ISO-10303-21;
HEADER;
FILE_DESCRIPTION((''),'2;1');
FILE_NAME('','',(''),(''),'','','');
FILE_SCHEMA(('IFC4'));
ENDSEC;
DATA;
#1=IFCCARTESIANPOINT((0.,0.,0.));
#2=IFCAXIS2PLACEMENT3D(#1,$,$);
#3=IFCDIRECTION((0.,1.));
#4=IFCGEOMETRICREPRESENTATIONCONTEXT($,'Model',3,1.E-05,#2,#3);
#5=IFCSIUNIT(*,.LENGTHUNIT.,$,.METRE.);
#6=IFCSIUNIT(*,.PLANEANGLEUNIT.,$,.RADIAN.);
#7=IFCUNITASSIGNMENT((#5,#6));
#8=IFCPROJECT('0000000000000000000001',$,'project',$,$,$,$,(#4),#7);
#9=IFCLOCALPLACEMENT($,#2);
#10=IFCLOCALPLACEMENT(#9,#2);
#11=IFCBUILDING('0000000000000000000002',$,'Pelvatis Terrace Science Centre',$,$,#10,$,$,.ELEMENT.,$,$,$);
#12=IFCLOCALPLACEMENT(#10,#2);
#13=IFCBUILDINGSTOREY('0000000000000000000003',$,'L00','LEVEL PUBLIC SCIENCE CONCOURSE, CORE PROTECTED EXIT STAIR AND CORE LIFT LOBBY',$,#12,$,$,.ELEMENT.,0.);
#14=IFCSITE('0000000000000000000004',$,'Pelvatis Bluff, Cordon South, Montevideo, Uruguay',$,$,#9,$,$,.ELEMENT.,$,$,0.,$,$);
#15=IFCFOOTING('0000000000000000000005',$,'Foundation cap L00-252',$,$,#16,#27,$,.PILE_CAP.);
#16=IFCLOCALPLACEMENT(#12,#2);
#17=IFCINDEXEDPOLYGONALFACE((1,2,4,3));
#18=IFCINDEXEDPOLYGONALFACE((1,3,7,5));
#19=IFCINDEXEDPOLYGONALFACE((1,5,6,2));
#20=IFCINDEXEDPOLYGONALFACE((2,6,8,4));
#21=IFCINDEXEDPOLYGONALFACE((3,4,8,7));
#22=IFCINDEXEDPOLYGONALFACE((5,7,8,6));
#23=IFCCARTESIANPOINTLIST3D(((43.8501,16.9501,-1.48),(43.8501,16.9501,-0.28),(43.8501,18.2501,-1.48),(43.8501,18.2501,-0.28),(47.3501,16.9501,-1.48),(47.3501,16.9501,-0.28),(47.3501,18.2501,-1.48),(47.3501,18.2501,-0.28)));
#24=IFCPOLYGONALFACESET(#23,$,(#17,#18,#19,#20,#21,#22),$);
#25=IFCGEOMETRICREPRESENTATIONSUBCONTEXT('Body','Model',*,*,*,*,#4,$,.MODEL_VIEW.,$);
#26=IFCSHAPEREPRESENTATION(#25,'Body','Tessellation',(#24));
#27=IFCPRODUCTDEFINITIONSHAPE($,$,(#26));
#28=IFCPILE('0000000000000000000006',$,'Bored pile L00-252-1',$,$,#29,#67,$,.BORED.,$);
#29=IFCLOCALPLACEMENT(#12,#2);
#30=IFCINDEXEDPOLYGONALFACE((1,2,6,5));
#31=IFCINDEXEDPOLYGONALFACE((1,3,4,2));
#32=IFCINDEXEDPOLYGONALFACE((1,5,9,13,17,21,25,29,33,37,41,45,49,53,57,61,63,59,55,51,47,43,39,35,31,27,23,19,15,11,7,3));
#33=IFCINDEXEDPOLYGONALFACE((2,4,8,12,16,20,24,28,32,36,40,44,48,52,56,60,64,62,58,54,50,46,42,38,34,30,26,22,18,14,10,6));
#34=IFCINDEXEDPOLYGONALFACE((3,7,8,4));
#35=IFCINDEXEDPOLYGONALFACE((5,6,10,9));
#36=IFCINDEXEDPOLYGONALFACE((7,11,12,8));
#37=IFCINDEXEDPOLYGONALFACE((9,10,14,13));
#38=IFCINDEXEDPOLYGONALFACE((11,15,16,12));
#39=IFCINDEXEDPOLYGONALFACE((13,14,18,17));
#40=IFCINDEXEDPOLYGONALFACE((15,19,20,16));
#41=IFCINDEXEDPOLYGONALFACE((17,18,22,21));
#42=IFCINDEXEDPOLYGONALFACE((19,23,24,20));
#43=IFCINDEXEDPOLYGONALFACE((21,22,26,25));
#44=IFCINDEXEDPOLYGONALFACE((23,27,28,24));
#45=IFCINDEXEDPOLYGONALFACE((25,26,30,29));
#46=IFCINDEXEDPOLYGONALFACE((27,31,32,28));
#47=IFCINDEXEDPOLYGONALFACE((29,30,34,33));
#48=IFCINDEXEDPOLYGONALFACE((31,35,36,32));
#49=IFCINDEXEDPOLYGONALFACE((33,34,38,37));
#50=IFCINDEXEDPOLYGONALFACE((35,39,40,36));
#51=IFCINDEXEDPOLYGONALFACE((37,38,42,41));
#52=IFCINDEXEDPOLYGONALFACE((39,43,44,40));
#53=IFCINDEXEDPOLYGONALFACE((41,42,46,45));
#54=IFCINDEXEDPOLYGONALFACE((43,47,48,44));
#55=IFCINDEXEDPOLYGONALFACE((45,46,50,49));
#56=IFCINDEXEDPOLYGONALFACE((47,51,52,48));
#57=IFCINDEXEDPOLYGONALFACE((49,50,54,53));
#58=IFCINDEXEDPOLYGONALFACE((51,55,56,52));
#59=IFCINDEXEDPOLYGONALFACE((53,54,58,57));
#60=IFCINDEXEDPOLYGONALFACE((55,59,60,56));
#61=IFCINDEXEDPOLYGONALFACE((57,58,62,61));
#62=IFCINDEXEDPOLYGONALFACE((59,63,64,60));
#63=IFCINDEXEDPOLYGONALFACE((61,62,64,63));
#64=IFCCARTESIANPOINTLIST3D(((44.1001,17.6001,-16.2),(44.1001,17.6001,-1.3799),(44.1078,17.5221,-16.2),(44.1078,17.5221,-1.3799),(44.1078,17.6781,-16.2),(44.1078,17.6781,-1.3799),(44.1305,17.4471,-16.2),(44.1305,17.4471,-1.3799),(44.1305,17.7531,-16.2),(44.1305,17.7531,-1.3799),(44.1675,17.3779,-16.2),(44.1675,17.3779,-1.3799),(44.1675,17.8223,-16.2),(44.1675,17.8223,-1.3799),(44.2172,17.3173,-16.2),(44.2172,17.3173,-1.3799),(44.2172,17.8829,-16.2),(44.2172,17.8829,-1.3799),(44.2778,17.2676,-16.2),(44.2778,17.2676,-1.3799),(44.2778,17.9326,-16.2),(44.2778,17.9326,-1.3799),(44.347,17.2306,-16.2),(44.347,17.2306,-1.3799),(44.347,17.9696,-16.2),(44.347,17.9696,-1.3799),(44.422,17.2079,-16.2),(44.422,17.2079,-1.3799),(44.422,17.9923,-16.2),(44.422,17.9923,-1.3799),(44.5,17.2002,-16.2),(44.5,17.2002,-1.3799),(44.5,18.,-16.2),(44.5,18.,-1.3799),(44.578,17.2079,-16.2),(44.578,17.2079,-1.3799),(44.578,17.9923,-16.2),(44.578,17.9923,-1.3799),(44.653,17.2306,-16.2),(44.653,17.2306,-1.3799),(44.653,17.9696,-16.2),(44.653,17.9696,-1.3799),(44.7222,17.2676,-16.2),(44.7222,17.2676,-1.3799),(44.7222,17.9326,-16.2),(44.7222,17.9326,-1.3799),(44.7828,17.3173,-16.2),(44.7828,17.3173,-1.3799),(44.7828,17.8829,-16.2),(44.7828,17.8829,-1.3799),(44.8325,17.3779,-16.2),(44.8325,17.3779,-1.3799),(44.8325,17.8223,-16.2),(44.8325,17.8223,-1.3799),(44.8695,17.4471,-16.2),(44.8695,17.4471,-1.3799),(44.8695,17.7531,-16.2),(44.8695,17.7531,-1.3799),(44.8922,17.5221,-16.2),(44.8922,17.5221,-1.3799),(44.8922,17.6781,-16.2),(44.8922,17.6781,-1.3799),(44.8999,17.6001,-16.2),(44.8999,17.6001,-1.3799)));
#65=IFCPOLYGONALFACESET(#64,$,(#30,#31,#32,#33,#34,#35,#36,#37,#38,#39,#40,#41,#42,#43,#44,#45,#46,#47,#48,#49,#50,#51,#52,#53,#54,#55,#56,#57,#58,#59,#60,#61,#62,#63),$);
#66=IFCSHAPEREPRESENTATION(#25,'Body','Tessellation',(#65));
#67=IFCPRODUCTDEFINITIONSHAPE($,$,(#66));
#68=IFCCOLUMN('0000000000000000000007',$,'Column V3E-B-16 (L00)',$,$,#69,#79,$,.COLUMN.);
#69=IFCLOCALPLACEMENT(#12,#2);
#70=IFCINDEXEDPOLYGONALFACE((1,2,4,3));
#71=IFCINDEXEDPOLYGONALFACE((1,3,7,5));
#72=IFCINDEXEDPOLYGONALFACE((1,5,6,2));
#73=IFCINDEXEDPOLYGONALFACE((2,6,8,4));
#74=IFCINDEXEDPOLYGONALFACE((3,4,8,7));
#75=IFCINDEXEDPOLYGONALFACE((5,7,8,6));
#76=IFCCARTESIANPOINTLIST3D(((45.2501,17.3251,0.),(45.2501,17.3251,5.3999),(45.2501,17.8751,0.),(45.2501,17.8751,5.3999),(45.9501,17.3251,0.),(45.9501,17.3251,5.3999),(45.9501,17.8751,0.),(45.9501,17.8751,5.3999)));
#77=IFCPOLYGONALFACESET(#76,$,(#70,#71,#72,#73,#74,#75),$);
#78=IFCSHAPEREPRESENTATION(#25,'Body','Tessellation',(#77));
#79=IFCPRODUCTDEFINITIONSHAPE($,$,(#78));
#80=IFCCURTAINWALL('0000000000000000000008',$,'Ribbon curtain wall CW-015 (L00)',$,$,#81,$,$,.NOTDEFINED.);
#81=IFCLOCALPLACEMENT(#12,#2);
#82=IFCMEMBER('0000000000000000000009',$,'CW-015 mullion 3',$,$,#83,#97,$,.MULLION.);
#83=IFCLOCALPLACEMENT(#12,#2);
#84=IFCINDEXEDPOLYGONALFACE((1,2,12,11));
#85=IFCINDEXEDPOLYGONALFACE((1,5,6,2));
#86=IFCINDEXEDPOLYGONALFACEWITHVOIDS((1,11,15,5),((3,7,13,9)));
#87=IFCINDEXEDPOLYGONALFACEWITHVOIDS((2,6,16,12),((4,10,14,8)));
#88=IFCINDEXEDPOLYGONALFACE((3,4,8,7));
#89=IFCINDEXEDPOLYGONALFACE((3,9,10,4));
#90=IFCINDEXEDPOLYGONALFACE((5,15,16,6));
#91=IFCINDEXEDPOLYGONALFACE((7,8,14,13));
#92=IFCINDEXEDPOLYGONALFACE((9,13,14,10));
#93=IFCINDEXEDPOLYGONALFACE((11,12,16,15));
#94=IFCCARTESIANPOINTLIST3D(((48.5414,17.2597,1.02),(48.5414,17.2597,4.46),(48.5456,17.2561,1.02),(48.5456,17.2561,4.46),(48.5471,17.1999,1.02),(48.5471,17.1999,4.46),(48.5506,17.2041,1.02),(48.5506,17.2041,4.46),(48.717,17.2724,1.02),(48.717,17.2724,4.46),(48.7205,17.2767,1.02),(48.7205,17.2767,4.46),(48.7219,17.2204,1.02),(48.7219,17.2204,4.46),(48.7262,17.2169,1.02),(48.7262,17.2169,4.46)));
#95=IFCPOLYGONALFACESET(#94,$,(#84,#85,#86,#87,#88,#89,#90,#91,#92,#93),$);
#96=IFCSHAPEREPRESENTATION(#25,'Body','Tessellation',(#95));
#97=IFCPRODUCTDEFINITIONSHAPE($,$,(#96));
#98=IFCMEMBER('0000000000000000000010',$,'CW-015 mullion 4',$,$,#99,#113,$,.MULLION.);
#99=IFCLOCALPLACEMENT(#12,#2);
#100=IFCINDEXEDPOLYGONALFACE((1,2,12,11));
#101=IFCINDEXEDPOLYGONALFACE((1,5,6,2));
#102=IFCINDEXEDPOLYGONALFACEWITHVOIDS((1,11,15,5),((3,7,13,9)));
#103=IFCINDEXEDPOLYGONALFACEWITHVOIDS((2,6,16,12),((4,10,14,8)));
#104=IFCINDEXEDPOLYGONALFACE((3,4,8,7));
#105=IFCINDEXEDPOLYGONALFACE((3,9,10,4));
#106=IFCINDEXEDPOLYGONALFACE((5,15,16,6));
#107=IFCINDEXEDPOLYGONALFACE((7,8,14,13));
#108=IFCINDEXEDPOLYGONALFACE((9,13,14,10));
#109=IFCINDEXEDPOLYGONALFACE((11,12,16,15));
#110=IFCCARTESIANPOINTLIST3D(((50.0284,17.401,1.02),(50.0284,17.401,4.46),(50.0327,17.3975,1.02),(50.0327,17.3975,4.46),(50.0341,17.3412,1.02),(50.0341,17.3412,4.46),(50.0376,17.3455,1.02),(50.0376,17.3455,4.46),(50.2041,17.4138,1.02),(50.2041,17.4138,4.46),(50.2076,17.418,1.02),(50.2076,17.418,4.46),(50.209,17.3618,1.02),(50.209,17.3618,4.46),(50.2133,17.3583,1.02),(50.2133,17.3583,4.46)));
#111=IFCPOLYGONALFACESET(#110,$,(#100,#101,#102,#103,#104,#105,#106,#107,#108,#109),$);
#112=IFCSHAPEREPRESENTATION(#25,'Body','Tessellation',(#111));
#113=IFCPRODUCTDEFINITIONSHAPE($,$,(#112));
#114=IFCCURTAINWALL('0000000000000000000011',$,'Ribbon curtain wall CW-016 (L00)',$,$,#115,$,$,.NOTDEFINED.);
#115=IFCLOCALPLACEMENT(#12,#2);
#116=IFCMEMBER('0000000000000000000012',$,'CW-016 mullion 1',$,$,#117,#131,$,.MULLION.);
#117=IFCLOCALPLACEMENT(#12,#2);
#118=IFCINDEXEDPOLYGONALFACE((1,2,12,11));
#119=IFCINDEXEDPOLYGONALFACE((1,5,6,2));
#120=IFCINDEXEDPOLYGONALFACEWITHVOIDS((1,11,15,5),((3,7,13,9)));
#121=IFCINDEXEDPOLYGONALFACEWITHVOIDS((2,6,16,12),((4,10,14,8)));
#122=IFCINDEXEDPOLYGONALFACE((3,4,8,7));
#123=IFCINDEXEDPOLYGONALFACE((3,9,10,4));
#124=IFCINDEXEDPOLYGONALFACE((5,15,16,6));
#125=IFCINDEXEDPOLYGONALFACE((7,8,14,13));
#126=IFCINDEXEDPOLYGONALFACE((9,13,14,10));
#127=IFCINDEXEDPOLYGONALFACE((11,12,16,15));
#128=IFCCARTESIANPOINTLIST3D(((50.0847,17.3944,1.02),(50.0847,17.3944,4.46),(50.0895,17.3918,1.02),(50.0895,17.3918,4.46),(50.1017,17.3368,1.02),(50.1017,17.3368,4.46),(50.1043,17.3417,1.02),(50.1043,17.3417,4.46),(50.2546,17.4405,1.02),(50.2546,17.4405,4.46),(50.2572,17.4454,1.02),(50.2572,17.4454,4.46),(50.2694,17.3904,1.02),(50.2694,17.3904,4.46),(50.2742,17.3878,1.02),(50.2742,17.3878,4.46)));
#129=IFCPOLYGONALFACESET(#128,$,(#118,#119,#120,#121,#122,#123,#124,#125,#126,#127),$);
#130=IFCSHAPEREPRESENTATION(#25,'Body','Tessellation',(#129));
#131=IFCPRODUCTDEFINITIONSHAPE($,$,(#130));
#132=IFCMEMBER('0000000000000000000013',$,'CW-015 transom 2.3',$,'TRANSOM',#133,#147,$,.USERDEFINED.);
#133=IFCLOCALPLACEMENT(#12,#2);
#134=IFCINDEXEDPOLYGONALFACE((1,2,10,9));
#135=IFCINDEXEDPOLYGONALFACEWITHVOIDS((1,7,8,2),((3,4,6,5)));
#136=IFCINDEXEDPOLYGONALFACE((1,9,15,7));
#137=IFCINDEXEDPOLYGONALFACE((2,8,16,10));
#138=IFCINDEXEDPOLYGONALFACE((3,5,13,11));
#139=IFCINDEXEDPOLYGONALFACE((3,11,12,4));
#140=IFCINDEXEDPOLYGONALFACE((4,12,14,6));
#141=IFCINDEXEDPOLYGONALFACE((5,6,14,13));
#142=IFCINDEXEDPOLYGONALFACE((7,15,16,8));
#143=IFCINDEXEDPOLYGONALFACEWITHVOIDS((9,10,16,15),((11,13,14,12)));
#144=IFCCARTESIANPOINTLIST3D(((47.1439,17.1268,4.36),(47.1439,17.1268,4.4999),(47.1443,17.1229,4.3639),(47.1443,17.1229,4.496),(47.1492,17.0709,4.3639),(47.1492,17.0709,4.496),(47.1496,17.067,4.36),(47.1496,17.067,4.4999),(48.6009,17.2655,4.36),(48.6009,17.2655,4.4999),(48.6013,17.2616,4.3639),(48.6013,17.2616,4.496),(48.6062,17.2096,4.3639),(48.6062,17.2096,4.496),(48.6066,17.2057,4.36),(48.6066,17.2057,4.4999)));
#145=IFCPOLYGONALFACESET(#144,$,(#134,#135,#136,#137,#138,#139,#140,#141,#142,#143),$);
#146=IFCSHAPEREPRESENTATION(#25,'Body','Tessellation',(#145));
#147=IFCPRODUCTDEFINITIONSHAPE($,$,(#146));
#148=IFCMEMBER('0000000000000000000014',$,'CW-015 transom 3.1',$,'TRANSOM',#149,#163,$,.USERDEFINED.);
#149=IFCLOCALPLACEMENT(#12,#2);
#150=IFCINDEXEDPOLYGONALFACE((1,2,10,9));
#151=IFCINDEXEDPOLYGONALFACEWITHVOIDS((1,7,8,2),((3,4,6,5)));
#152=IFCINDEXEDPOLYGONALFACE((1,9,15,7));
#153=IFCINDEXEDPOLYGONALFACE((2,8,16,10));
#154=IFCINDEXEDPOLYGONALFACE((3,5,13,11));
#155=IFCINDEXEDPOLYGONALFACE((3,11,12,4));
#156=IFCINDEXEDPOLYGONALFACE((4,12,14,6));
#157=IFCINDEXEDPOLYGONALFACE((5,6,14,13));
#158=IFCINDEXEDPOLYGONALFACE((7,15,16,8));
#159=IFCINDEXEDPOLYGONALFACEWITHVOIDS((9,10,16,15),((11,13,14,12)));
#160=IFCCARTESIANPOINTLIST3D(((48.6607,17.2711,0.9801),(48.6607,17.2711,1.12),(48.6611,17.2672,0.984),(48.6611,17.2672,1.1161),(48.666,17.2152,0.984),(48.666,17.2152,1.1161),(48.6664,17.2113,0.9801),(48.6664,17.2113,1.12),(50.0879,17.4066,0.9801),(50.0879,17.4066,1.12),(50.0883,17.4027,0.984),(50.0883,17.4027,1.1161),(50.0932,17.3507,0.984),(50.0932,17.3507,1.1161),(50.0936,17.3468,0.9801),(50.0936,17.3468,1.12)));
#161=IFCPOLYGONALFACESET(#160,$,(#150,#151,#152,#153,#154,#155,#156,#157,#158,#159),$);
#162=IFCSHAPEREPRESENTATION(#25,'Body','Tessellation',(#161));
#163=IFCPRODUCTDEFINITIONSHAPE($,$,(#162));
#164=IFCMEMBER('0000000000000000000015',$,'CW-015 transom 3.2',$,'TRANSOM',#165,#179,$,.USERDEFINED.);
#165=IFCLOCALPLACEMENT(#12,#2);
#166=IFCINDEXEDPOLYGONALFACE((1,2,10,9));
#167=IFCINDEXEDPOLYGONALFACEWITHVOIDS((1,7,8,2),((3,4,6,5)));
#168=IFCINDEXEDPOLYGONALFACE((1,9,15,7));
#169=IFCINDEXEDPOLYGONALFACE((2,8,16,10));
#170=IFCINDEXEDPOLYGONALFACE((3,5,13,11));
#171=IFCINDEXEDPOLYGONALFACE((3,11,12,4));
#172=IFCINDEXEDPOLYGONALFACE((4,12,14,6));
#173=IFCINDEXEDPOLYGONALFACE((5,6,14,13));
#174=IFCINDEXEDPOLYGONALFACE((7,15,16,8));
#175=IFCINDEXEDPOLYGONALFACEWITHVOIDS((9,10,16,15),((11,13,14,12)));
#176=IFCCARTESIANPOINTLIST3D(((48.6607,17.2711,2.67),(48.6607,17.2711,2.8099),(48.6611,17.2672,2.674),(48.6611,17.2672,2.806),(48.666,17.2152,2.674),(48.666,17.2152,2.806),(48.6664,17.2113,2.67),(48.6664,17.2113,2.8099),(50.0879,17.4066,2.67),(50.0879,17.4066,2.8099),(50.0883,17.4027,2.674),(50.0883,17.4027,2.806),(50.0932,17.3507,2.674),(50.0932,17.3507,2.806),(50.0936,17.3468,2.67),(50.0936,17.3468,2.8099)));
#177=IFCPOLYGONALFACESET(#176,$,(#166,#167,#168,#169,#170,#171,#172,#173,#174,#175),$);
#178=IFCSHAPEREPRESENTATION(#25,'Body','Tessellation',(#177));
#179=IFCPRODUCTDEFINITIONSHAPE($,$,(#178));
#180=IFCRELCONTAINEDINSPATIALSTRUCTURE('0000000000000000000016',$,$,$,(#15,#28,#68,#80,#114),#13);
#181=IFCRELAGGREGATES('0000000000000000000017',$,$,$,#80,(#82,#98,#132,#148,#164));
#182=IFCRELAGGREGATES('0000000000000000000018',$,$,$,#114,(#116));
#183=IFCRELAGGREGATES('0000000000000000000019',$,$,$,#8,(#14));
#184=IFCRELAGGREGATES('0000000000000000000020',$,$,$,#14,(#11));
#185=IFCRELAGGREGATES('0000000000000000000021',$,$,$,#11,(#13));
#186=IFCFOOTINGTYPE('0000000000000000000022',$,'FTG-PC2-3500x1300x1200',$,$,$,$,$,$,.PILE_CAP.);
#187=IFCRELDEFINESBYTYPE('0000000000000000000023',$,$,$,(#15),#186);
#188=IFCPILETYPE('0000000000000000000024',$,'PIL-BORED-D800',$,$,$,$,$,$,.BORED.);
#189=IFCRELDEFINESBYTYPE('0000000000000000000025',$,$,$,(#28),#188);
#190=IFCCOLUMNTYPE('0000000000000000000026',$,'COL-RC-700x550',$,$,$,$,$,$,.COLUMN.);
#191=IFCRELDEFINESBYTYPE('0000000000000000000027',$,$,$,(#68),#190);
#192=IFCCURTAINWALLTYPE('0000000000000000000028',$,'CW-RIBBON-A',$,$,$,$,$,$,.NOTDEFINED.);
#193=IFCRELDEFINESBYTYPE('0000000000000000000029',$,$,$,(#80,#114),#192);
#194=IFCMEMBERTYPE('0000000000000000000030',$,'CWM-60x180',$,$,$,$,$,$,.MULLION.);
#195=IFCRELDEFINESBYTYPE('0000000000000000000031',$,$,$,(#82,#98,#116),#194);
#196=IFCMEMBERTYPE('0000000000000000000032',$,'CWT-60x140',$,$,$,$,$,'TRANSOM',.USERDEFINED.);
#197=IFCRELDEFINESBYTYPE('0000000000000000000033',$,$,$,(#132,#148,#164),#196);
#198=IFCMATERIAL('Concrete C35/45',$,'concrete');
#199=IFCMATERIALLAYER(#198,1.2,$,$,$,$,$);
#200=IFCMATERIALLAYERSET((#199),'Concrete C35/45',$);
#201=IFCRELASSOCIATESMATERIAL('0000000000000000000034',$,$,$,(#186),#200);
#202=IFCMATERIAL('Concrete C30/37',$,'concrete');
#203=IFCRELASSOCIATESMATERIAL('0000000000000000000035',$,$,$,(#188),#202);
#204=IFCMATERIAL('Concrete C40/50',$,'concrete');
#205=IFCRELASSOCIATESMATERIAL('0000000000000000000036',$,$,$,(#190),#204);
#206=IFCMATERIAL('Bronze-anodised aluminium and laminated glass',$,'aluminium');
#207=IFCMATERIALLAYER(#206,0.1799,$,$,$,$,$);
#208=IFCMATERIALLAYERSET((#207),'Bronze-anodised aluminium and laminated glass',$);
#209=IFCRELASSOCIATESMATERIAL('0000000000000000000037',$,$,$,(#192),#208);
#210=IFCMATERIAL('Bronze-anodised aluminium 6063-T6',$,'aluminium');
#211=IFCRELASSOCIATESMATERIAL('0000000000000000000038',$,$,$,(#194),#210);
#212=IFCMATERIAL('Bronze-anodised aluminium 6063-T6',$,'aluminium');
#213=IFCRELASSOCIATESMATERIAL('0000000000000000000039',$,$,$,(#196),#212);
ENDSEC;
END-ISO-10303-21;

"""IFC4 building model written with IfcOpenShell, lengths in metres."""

from ifc_helpers import new_model, si_unit, direction, frame, origin, origin_2d, place, context, subcontext, project, spatial, rectangle, hollow_rectangle, circle, extrude, material, layer, layer_set, material_profile, profile_set, type_object, element, aggregate, save


model = new_model("IFC4")

# Units and contexts
model_context = context("Model", 3, precision=1e-05, world=origin(), true_north=direction((0.0, 1.0)))
body_context = subcontext(model_context, "Body", "Model", "MODEL_VIEW")
ifc_project = project(units=[si_unit("LENGTHUNIT", "METRE"), si_unit("PLANEANGLEUNIT", "RADIAN")], contexts=[model_context])

# Site, building, storey
site_placement = place(None, origin())
site = spatial("IfcSite", under=ifc_project, at=site_placement, Name="Pelvatis Bluff, Cordon South, Montevideo, Uruguay", CompositionType="ELEMENT", RefElevation=0.0)
building_placement = place(site_placement, origin())
building = spatial("IfcBuilding", under=site, at=building_placement, Name="Pelvatis Terrace Science Centre", CompositionType="ELEMENT")
storey_placement = place(building_placement, origin())
storey = spatial("IfcBuildingStorey", under=building, at=storey_placement, Name="L00", Description="LEVEL PUBLIC SCIENCE CONCOURSE, CORE PROTECTED EXIT STAIR AND CORE LIFT LOBBY", CompositionType="ELEMENT", Elevation=0.0)

# Footing
ifc_material_1 = material(Name="Concrete C35/45", Category="concrete")
ifc_layer_1 = layer(ifc_material_1, 1.2)
ifc_layer_set_1 = layer_set([ifc_layer_1], Name="Concrete C35/45")
footing_type = type_object("IfcFootingType", Name="FTG-PC2-3500x1300x1200", PredefinedType="PILE_CAP", material=ifc_layer_set_1)
footing_placement = place(storey_placement, frame((45.6001, 17.6001, -1.48), z_axis=(0.0, 0.0, 1.0), x_axis=(1.0, 0.0, 0.0)))
element("IfcFooting", 1, at=footing_placement, inside=storey, type_object=footing_type, Name="Foundation cap L00-252", PredefinedType="PILE_CAP", context=body_context, shape_type="SweptSolid", body=[
    extrude(rectangle(XDim=3.5, YDim=1.3, at=origin_2d()), origin(), (0.0, 0.0, 1.0), 1.2),
])

# Pile
ifc_material_2 = material(Name="Concrete C30/37", Category="concrete")
ifc_material_profile_1 = material_profile(ifc_material_2, circle(Radius=0.3999, at=origin_2d()), Name="PILE D800")
ifc_profile_set_1 = profile_set([ifc_material_profile_1], Name="Concrete C30/37")
pile_type = type_object("IfcPileType", Name="PIL-BORED-D800", PredefinedType="BORED", material=ifc_profile_set_1)
pile_placement = place(storey_placement, frame((44.5, 17.6001, -1.3799), z_axis=(0.0, 0.0, -1.0), x_axis=(1.0, 0.0, 0.0)))
element("IfcPile", 2, at=pile_placement, inside=storey, type_object=pile_type, Name="Bored pile L00-252-1", PredefinedType="BORED", context=body_context, shape_type="SweptSolid", body=[
    extrude(circle(Radius=0.3999, at=origin_2d()), origin(), (0.0, 0.0, 1.0), 14.8201),
])

# Column
ifc_material_3 = material(Name="Concrete C40/50", Category="concrete")
ifc_material_profile_2 = material_profile(ifc_material_3, rectangle(XDim=0.7, YDim=0.55, at=origin_2d()), Name="RC-COL 700x550")
ifc_profile_set_2 = profile_set([ifc_material_profile_2], Name="Concrete C40/50")
column_type = type_object("IfcColumnType", Name="COL-RC-700x550", PredefinedType="COLUMN", material=ifc_profile_set_2)
column_placement = place(storey_placement, frame((45.6001, 17.6001, 0.0), z_axis=(0.0, 0.0, 1.0), x_axis=(1.0, 0.0, 0.0)))
element("IfcColumn", 3, at=column_placement, inside=storey, type_object=column_type, Name="Column V3E-B-16 (L00)", PredefinedType="COLUMN", context=body_context, shape_type="SweptSolid", body=[
    extrude(rectangle(XDim=0.7, YDim=0.55, at=origin_2d()), origin(), (0.0, 0.0, 1.0), 5.3999),
])

# Curtain wall, members
ifc_material_4 = material(Name="Bronze-anodised aluminium and laminated glass", Category="aluminium")
ifc_layer_2 = layer(ifc_material_4, 0.1799)
ifc_layer_set_2 = layer_set([ifc_layer_2], Name="Bronze-anodised aluminium and laminated glass")
curtain_wall_type = type_object("IfcCurtainWallType", Name="CW-RIBBON-A", PredefinedType="NOTDEFINED", material=ifc_layer_set_2)
curtain_wall_1_placement = place(storey_placement, origin())
curtain_wall_1 = element("IfcCurtainWall", 4, at=curtain_wall_1_placement, inside=storey, type_object=curtain_wall_type, Name="Ribbon curtain wall CW-015 (L00)", PredefinedType="NOTDEFINED")
ifc_material_5 = material(Name="Bronze-anodised aluminium 6063-T6", Category="aluminium")
ifc_material_profile_3 = material_profile(ifc_material_5, hollow_rectangle(XDim=0.0601, YDim=0.1799, WallThickness=0.0039, at=origin_2d()), Name="ALU-MUL 60x180")
ifc_profile_set_3 = profile_set([ifc_material_profile_3], Name="Bronze-anodised aluminium 6063-T6")
member_type_1 = type_object("IfcMemberType", Name="CWM-60x180", PredefinedType="MULLION", material=ifc_profile_set_3)
member_1_placement = place(storey_placement, frame((48.6338, 17.2383, 1.02), z_axis=(0.0, 0.0, 1.0), x_axis=(-0.094616, 0.995514, 0.0)))
member_1 = element("IfcMember", 5, at=member_1_placement, type_object=member_type_1, Name="CW-015 mullion 3", PredefinedType="MULLION", context=body_context, shape_type="SweptSolid", body=[
    extrude(hollow_rectangle(XDim=0.0601, YDim=0.1799, WallThickness=0.0039, at=origin_2d()), origin(), (0.0, 0.0, 1.0), 3.4399),
])
member_2_placement = place(storey_placement, frame((50.1208, 17.3796, 1.02), z_axis=(0.0, 0.0, 1.0), x_axis=(-0.094616, 0.995514, 0.0)))
member_2 = element("IfcMember", 6, at=member_2_placement, type_object=member_type_1, Name="CW-015 mullion 4", PredefinedType="MULLION", context=body_context, shape_type="SweptSolid", body=[
    extrude(hollow_rectangle(XDim=0.0601, YDim=0.1799, WallThickness=0.0039, at=origin_2d()), origin(), (0.0, 0.0, 1.0), 3.4399),
])

# Curtain wall, member
curtain_wall_2_placement = place(storey_placement, origin())
curtain_wall_2 = element("IfcCurtainWall", 7, at=curtain_wall_2_placement, inside=storey, type_object=curtain_wall_type, Name="Ribbon curtain wall CW-016 (L00)", PredefinedType="NOTDEFINED")
member_3_placement = place(storey_placement, frame((50.1794, 17.3911, 1.02), z_axis=(0.0, 0.0, 1.0), x_axis=(-0.283092, 0.959093, 0.0)))
member_3 = element("IfcMember", 8, at=member_3_placement, type_object=member_type_1, Name="CW-016 mullion 1", PredefinedType="MULLION", context=body_context, shape_type="SweptSolid", body=[
    extrude(hollow_rectangle(XDim=0.0601, YDim=0.1799, WallThickness=0.0039, at=origin_2d()), origin(), (0.0, 0.0, 1.0), 3.4399),
])

# Members
ifc_material_6 = material(Name="Bronze-anodised aluminium 6063-T6", Category="aluminium")
ifc_material_profile_4 = material_profile(ifc_material_6, hollow_rectangle(XDim=0.0601, YDim=0.1399, WallThickness=0.0039, at=origin_2d()), Name="ALU-TRN 60x140")
ifc_profile_set_4 = profile_set([ifc_material_profile_4], Name="Bronze-anodised aluminium 6063-T6")
member_type_2 = type_object("IfcMemberType", Name="CWT-60x140", ElementType="TRANSOM", PredefinedType="USERDEFINED", material=ifc_profile_set_4)
member_4_placement = place(storey_placement, frame((47.1467, 17.0969, 4.4299), z_axis=(0.995501, 0.094746, 0.0), x_axis=(-0.094746, 0.995501, 0.0)))
member_4 = element("IfcMember", 9, at=member_4_placement, type_object=member_type_2, Name="CW-015 transom 2.3", ObjectType="TRANSOM", PredefinedType="USERDEFINED", context=body_context, shape_type="SweptSolid", body=[
    extrude(hollow_rectangle(XDim=0.0601, YDim=0.1399, WallThickness=0.0039, at=origin_2d()), origin(), (0.0, 0.0, 1.0), 1.4636),
])
member_5_placement = place(storey_placement, frame((48.6636, 17.2412, 1.05), z_axis=(0.995524, 0.094512, 0.0), x_axis=(-0.094512, 0.995524, 0.0)))
member_5 = element("IfcMember", 10, at=member_5_placement, type_object=member_type_2, Name="CW-015 transom 3.1", ObjectType="TRANSOM", PredefinedType="USERDEFINED", context=body_context, shape_type="SweptSolid", body=[
    extrude(hollow_rectangle(XDim=0.0601, YDim=0.1399, WallThickness=0.0039, at=origin_2d()), origin(), (0.0, 0.0, 1.0), 1.4336),
])
member_6_placement = place(storey_placement, frame((48.6636, 17.2412, 2.74), z_axis=(0.995524, 0.094512, 0.0), x_axis=(-0.094512, 0.995524, 0.0)))
member_6 = element("IfcMember", 11, at=member_6_placement, type_object=member_type_2, Name="CW-015 transom 3.2", ObjectType="TRANSOM", PredefinedType="USERDEFINED", context=body_context, shape_type="SweptSolid", body=[
    extrude(hollow_rectangle(XDim=0.0601, YDim=0.1399, WallThickness=0.0039, at=origin_2d()), origin(), (0.0, 0.0, 1.0), 1.4336),
])

aggregate(curtain_wall_1, [member_1, member_2, member_4, member_5, member_6])
aggregate(curtain_wall_2, [member_3])

save(model, "model.ifc")
